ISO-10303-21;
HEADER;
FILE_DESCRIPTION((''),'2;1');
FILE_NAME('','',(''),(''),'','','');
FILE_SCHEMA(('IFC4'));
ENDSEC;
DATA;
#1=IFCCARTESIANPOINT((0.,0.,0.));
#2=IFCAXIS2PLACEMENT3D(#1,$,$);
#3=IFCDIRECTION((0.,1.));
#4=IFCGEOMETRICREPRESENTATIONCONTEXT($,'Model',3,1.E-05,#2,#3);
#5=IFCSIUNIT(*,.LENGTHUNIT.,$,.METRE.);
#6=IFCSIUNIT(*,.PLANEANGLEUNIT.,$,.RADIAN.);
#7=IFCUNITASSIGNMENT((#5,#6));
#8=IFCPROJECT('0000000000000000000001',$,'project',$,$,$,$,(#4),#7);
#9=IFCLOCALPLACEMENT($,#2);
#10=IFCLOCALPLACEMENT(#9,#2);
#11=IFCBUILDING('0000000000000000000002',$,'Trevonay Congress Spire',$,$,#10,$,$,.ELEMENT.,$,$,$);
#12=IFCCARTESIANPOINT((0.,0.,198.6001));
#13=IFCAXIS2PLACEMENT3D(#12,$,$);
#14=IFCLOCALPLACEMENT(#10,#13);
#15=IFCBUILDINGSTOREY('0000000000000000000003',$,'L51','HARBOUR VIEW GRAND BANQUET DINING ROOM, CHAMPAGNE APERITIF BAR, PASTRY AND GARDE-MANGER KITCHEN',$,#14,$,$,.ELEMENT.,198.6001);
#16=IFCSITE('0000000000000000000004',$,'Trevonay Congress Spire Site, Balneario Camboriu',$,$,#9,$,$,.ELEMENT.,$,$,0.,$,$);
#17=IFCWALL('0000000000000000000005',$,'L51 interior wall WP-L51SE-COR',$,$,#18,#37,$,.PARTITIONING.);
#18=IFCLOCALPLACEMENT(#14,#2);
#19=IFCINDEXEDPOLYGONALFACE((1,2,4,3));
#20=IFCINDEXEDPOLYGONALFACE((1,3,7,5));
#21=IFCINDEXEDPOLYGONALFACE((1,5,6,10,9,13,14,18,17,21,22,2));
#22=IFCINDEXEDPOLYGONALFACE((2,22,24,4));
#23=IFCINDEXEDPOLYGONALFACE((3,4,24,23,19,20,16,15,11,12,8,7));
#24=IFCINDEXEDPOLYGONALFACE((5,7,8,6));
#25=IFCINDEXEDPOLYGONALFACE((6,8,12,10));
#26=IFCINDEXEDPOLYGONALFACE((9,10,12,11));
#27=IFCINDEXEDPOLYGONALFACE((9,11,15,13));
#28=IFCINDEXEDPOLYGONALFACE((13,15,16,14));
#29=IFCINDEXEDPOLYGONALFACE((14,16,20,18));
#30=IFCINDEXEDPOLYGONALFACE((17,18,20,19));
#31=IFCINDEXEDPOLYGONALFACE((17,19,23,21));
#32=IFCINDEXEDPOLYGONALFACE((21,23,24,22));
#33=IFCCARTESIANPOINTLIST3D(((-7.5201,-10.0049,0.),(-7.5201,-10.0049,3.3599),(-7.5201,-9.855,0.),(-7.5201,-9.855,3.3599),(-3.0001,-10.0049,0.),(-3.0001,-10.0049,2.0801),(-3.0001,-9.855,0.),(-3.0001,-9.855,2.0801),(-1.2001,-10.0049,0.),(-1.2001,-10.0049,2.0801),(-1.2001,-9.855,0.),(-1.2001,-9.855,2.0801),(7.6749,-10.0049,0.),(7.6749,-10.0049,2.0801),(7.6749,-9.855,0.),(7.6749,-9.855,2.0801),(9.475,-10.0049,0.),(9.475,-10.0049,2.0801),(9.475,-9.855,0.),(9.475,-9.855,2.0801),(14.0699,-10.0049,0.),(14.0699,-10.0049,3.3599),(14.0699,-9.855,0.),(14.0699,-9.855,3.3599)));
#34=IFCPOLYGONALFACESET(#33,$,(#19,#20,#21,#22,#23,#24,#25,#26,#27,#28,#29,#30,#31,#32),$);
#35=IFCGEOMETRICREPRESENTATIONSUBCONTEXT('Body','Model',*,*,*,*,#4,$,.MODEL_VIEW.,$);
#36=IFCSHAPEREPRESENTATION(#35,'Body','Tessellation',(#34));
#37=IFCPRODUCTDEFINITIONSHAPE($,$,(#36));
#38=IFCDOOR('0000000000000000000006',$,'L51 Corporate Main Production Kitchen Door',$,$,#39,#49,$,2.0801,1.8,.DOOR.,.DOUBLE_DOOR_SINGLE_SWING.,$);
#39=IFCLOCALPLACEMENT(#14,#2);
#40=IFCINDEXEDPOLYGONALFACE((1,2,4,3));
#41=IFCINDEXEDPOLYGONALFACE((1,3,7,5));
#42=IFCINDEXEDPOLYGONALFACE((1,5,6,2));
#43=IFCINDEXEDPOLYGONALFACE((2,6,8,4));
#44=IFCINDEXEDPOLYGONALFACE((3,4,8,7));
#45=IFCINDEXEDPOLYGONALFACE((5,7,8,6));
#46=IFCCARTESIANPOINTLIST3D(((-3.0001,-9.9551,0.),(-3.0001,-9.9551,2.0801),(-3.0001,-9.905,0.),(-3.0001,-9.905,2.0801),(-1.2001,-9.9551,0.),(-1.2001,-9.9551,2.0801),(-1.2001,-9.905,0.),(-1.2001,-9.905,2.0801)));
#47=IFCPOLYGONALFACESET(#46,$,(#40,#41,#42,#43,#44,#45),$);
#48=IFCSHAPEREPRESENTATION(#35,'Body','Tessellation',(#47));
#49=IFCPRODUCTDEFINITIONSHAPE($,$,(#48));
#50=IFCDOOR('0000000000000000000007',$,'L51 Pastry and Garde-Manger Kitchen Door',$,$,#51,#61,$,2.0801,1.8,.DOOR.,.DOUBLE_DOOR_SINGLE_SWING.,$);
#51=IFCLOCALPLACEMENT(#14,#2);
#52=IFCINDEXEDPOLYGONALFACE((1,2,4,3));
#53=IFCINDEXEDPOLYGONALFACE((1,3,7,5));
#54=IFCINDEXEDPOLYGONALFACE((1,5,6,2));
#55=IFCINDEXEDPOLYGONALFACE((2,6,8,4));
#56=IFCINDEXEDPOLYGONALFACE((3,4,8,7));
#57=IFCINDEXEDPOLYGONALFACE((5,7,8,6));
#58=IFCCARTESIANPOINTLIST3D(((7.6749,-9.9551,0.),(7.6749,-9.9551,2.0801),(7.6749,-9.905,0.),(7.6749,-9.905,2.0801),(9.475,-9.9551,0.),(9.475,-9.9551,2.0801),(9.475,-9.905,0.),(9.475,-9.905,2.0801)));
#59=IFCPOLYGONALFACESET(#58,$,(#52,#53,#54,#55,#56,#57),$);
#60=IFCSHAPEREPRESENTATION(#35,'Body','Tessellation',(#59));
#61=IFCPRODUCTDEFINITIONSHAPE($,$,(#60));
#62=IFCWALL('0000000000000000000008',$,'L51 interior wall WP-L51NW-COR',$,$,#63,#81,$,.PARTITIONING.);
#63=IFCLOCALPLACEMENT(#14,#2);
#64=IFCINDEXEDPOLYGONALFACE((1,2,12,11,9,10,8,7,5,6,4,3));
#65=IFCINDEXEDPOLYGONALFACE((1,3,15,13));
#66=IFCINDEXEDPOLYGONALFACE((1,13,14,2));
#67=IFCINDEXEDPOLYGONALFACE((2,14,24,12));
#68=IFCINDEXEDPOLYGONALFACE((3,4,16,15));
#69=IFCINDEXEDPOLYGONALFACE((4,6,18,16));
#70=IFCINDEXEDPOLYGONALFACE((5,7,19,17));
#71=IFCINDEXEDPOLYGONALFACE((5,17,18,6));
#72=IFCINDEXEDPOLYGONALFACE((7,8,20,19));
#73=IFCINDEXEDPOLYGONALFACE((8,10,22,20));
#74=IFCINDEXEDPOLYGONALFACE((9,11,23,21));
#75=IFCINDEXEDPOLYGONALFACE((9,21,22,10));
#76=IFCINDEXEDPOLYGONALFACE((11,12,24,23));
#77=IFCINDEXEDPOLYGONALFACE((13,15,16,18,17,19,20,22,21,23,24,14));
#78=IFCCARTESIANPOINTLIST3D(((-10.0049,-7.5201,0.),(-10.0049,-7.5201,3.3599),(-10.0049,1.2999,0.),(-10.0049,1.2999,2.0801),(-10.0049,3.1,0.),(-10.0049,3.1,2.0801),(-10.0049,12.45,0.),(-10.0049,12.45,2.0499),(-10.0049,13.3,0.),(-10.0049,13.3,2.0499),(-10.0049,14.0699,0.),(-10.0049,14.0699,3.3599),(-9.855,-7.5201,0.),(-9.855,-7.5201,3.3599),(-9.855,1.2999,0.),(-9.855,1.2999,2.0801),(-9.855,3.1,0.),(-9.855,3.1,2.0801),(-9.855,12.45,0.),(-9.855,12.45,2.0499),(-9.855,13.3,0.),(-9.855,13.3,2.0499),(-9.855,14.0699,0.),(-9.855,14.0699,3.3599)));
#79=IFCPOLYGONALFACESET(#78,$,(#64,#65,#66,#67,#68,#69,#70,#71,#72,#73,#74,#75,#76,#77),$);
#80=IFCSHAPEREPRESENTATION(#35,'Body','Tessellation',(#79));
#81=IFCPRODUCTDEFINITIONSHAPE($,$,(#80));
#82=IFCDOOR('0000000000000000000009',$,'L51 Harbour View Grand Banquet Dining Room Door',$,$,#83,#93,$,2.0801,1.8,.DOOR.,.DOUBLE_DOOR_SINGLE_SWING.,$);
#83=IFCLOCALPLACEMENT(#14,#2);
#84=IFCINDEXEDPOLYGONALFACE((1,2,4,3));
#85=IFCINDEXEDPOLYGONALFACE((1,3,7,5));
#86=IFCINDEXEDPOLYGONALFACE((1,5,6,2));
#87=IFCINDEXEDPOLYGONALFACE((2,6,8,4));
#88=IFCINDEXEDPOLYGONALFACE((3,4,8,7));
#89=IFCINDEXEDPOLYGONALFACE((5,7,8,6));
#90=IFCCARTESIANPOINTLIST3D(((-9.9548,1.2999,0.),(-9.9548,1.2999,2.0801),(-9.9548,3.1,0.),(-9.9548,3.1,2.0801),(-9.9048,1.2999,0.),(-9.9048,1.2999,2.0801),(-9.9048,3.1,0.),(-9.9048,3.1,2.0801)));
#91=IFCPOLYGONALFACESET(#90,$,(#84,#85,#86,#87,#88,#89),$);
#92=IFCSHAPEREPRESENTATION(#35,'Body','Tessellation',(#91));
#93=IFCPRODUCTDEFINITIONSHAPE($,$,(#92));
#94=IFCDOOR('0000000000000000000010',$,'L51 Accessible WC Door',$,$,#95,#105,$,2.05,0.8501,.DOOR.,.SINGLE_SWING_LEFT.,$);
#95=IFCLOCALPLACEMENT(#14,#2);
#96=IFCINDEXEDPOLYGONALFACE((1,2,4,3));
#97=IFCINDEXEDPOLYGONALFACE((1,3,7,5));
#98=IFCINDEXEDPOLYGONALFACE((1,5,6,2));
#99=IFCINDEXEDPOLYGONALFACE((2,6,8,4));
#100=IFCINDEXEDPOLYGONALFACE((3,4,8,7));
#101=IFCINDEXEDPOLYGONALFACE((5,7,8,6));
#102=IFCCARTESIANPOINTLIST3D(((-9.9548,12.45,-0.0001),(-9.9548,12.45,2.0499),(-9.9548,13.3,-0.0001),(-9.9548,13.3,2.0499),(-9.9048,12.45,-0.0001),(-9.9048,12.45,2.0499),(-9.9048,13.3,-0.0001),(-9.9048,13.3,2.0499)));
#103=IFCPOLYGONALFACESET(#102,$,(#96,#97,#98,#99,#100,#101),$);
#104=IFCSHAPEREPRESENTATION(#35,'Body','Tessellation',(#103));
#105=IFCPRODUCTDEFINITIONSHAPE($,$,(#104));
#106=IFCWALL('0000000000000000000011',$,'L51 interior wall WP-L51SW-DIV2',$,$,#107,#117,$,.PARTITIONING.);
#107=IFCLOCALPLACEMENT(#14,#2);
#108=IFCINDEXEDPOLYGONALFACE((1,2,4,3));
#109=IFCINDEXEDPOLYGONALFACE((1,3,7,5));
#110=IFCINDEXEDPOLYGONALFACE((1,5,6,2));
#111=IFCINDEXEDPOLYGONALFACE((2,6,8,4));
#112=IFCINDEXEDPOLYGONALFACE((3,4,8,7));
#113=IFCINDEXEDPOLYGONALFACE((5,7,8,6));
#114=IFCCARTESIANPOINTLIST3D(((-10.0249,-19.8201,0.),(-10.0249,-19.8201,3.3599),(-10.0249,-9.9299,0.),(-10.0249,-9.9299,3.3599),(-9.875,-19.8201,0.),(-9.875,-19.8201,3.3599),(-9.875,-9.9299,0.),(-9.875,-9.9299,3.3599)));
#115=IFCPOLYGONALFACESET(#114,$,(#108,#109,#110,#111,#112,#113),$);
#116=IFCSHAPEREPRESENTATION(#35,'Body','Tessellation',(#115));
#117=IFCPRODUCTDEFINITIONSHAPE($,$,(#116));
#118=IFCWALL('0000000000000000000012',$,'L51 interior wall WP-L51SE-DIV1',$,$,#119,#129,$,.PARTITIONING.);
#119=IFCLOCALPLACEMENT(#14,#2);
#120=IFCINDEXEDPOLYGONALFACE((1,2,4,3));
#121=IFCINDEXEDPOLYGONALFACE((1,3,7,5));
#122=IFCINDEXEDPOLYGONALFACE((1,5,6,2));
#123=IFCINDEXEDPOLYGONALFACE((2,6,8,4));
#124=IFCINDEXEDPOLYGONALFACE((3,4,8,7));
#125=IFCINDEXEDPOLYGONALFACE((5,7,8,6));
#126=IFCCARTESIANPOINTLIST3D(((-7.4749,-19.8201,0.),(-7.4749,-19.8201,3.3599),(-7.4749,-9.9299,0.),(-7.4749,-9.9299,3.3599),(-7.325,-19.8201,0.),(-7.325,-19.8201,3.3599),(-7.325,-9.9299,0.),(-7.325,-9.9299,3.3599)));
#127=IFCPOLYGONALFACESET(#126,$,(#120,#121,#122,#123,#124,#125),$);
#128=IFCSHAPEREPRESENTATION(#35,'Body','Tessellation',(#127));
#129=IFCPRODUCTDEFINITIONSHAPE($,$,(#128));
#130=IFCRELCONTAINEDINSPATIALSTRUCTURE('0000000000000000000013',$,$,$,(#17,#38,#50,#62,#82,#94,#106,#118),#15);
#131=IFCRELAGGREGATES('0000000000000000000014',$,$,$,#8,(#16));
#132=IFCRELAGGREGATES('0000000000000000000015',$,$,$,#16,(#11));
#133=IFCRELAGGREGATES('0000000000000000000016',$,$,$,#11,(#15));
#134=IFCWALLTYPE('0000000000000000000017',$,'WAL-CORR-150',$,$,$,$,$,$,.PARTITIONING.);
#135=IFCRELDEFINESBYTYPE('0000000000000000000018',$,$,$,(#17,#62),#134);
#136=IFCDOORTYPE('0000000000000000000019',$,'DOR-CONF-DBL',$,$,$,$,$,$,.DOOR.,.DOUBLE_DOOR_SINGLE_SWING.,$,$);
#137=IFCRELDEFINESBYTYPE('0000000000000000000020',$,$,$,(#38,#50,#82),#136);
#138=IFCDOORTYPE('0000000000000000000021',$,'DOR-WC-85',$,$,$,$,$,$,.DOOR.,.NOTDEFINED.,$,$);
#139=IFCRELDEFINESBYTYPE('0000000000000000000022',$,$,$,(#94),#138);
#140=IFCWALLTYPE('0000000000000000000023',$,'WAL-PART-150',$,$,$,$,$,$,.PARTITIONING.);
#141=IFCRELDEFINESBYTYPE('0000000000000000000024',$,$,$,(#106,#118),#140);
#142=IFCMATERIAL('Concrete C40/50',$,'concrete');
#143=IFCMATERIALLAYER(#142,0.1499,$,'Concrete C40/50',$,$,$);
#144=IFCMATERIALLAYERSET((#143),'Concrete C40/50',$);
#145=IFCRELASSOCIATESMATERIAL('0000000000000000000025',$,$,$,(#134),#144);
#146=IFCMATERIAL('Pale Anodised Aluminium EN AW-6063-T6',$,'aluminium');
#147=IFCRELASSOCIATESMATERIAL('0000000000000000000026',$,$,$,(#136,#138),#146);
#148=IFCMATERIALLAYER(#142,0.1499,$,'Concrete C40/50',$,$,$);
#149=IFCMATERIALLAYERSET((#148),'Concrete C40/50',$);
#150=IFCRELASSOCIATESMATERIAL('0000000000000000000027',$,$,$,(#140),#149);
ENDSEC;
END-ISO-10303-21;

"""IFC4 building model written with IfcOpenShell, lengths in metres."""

from ifc_helpers import new_model, si_unit, direction, frame, frame_2d, origin, place, context, subcontext, project, spatial, rectangle, extrude, material, layer, layer_set, type_object, element, fill, save


model = new_model("IFC4")

# Units and contexts
model_context = context("Model", 3, precision=1e-05, world=origin(), true_north=direction((0.0, 1.0)))
body_context = subcontext(model_context, "Body", "Model", "MODEL_VIEW")
ifc_project = project(units=[si_unit("LENGTHUNIT", "METRE"), si_unit("PLANEANGLEUNIT", "RADIAN")], contexts=[model_context])

# Site, building, storey
site_placement = place(None, origin())
site = spatial("IfcSite", under=ifc_project, at=site_placement, Name="Trevonay Congress Spire Site, Balneario Camboriu", CompositionType="ELEMENT", RefElevation=0.0)
building_placement = place(site_placement, origin())
building = spatial("IfcBuilding", under=site, at=building_placement, Name="Trevonay Congress Spire", CompositionType="ELEMENT")
storey_placement = place(building_placement, frame((0.0, 0.0, 198.6001)))
storey = spatial("IfcBuildingStorey", under=building, at=storey_placement, Name="L51", Description="HARBOUR VIEW GRAND BANQUET DINING ROOM, CHAMPAGNE APERITIF BAR, PASTRY AND GARDE-MANGER KITCHEN", CompositionType="ELEMENT", Elevation=198.6001)

# Shared definitions
ifc_material_1 = material(Name="Pale Anodised Aluminium EN AW-6063-T6", Category="aluminium")

# Walls, openings, doors
ifc_material_2 = material(Name="Concrete C40/50", Category="concrete")
ifc_layer_1 = layer(ifc_material_2, 0.1499, Name="Concrete C40/50")
ifc_layer_set_1 = layer_set([ifc_layer_1], Name="Concrete C40/50")
wall_type_1 = type_object("IfcWallType", Name="WAL-CORR-150", PredefinedType="PARTITIONING", material=ifc_layer_set_1)
wall_1_placement = place(storey_placement, frame((-7.52, -9.9299, 0.0), z_axis=(0.0, 0.0, 1.0), x_axis=(1.0, 0.0, 0.0)))
wall_1 = element("IfcWall", 1, at=wall_1_placement, inside=storey, type_object=wall_type_1, Name="L51 interior wall WP-L51SE-COR", PredefinedType="PARTITIONING", context=body_context, shape_type="SweptSolid", body=[
    extrude(rectangle(XDim=21.5901, YDim=0.1499, at=frame_2d((10.7949, 0.0))), origin(), (0.0, 0.0, 1.0), 3.3599),
])
opening_1_placement = place(wall_1_placement, frame((4.52, 0.0, 0.0)))
opening_1 = element("IfcOpeningElement", 2, at=opening_1_placement, cuts=wall_1, PredefinedType="OPENING", context=body_context, shape_type="SweptSolid", body=[
    extrude(rectangle(XDim=1.8, YDim=2.0801, at=frame_2d((0.8999, 1.04))), frame((0.0, 0.085, 0.0), z_axis=(0.0, -1.0, 0.0), x_axis=(1.0, 0.0, 0.0)), (0.0, 0.0, 1.0), 0.1699),
])
opening_2_placement = place(wall_1_placement, frame((15.1951, 0.0, 0.0)))
opening_2 = element("IfcOpeningElement", 3, at=opening_2_placement, cuts=wall_1, PredefinedType="OPENING", context=body_context, shape_type="SweptSolid", body=[
    extrude(rectangle(XDim=1.8, YDim=2.0801, at=frame_2d((0.8999, 1.04))), frame((0.0, 0.085, 0.0), z_axis=(0.0, -1.0, 0.0), x_axis=(1.0, 0.0, 0.0)), (0.0, 0.0, 1.0), 0.1699),
])
door_type_1 = type_object("IfcDoorType", Name="DOR-CONF-DBL", OperationType="DOUBLE_DOOR_SINGLE_SWING", PredefinedType="DOOR", material=ifc_material_1)
door_1_placement = place(opening_1_placement, origin())
door_1 = element("IfcDoor", 4, at=door_1_placement, inside=storey, type_object=door_type_1, Name="L51 Corporate Main Production Kitchen Door", OperationType="DOUBLE_DOOR_SINGLE_SWING", OverallHeight=2.0801, OverallWidth=1.8, PredefinedType="DOOR", context=body_context, shape_type="SweptSolid", body=[
    extrude(rectangle(XDim=1.8, YDim=2.0801, at=frame_2d((0.8999, 1.04))), frame((0.0, 0.0249, 0.0), z_axis=(0.0, -1.0, 0.0), x_axis=(1.0, 0.0, 0.0)), (0.0, 0.0, 1.0), 0.05),
])
fill(opening_1, door_1)
door_2_placement = place(opening_2_placement, origin())
door_2 = element("IfcDoor", 5, at=door_2_placement, inside=storey, type_object=door_type_1, Name="L51 Pastry and Garde-Manger Kitchen Door", OperationType="DOUBLE_DOOR_SINGLE_SWING", OverallHeight=2.0801, OverallWidth=1.8, PredefinedType="DOOR", context=body_context, shape_type="SweptSolid", body=[
    extrude(rectangle(XDim=1.8, YDim=2.0801, at=frame_2d((0.8999, 1.04))), frame((0.0, 0.0249, 0.0), z_axis=(0.0, -1.0, 0.0), x_axis=(1.0, 0.0, 0.0)), (0.0, 0.0, 1.0), 0.05),
])
fill(opening_2, door_2)
wall_2_placement = place(storey_placement, frame((-9.9299, -7.52, 0.0), z_axis=(0.0, 0.0, 1.0), x_axis=(0.0, 1.0, 0.0)))
wall_2 = element("IfcWall", 6, at=wall_2_placement, inside=storey, type_object=wall_type_1, Name="L51 interior wall WP-L51NW-COR", PredefinedType="PARTITIONING", context=body_context, shape_type="SweptSolid", body=[
    extrude(rectangle(XDim=21.5901, YDim=0.1499, at=frame_2d((10.7949, 0.0))), origin(), (0.0, 0.0, 1.0), 3.3599),
])
opening_3_placement = place(wall_2_placement, frame((8.8201, 0.0, 0.0)))
opening_3 = element("IfcOpeningElement", 7, at=opening_3_placement, cuts=wall_2, PredefinedType="OPENING", context=body_context, shape_type="SweptSolid", body=[
    extrude(rectangle(XDim=1.8, YDim=2.0801, at=frame_2d((0.8999, 1.04))), frame((0.0, 0.085, 0.0), z_axis=(0.0, -1.0, 0.0), x_axis=(1.0, 0.0, 0.0)), (0.0, 0.0, 1.0), 0.1699),
])
opening_4_placement = place(wall_2_placement, frame((19.97, 0.0, 0.0)))
opening_4 = element("IfcOpeningElement", 8, at=opening_4_placement, cuts=wall_2, PredefinedType="OPENING", context=body_context, shape_type="SweptSolid", body=[
    extrude(rectangle(XDim=0.8501, YDim=2.05, at=frame_2d((0.425, 1.0249))), frame((0.0, 0.085, 0.0), z_axis=(0.0, -1.0, 0.0), x_axis=(1.0, 0.0, 0.0)), (0.0, 0.0, 1.0), 0.1699),
])
door_3_placement = place(opening_3_placement, origin())
door_3 = element("IfcDoor", 9, at=door_3_placement, inside=storey, type_object=door_type_1, Name="L51 Harbour View Grand Banquet Dining Room Door", OperationType="DOUBLE_DOOR_SINGLE_SWING", OverallHeight=2.0801, OverallWidth=1.8, PredefinedType="DOOR", context=body_context, shape_type="SweptSolid", body=[
    extrude(rectangle(XDim=1.8, YDim=2.0801, at=frame_2d((0.8999, 1.04))), frame((0.0, 0.0249, 0.0), z_axis=(0.0, -1.0, 0.0), x_axis=(1.0, 0.0, 0.0)), (0.0, 0.0, 1.0), 0.05),
])
fill(opening_3, door_3)
door_type_2 = type_object("IfcDoorType", Name="DOR-WC-85", OperationType="NOTDEFINED", PredefinedType="DOOR", material=ifc_material_1)
door_4_placement = place(opening_4_placement, origin())
door_4 = element("IfcDoor", 10, at=door_4_placement, inside=storey, type_object=door_type_2, Name="L51 Accessible WC Door", OperationType="SINGLE_SWING_LEFT", OverallHeight=2.05, OverallWidth=0.8501, PredefinedType="DOOR", context=body_context, shape_type="SweptSolid", body=[
    extrude(rectangle(XDim=0.8501, YDim=2.05, at=frame_2d((0.425, 1.0249))), frame((0.0, 0.0249, 0.0), z_axis=(0.0, -1.0, 0.0), x_axis=(1.0, 0.0, 0.0)), (0.0, 0.0, 1.0), 0.05),
])
fill(opening_4, door_4)

# Walls
ifc_layer_2 = layer(ifc_material_2, 0.1499, Name="Concrete C40/50")
ifc_layer_set_2 = layer_set([ifc_layer_2], Name="Concrete C40/50")
wall_type_2 = type_object("IfcWallType", Name="WAL-PART-150", PredefinedType="PARTITIONING", material=ifc_layer_set_2)
for number, where, z_axis, x_axis, name in (
    (11, (-9.95, -19.8201, 0.0), (0.0, 0.0, 1.0), (0.0, 1.0, 0.0), "L51 interior wall WP-L51SW-DIV2"),
    (12, (-7.3999, -19.8201, 0.0), (0.0, 0.0, 1.0), (0.0, 1.0, 0.0), "L51 interior wall WP-L51SE-DIV1"),
):
    element("IfcWall", number, at=place(storey_placement, frame(where, z_axis=z_axis, x_axis=x_axis)), inside=storey, type_object=wall_type_2, Name=name, PredefinedType="PARTITIONING", context=body_context, shape_type="SweptSolid", body=[
        extrude(rectangle(XDim=9.8901, YDim=0.1499, at=frame_2d((4.9451, 0.0))), origin(), (0.0, 0.0, 1.0), 3.3599),
    ])

save(model, "model.ifc")
